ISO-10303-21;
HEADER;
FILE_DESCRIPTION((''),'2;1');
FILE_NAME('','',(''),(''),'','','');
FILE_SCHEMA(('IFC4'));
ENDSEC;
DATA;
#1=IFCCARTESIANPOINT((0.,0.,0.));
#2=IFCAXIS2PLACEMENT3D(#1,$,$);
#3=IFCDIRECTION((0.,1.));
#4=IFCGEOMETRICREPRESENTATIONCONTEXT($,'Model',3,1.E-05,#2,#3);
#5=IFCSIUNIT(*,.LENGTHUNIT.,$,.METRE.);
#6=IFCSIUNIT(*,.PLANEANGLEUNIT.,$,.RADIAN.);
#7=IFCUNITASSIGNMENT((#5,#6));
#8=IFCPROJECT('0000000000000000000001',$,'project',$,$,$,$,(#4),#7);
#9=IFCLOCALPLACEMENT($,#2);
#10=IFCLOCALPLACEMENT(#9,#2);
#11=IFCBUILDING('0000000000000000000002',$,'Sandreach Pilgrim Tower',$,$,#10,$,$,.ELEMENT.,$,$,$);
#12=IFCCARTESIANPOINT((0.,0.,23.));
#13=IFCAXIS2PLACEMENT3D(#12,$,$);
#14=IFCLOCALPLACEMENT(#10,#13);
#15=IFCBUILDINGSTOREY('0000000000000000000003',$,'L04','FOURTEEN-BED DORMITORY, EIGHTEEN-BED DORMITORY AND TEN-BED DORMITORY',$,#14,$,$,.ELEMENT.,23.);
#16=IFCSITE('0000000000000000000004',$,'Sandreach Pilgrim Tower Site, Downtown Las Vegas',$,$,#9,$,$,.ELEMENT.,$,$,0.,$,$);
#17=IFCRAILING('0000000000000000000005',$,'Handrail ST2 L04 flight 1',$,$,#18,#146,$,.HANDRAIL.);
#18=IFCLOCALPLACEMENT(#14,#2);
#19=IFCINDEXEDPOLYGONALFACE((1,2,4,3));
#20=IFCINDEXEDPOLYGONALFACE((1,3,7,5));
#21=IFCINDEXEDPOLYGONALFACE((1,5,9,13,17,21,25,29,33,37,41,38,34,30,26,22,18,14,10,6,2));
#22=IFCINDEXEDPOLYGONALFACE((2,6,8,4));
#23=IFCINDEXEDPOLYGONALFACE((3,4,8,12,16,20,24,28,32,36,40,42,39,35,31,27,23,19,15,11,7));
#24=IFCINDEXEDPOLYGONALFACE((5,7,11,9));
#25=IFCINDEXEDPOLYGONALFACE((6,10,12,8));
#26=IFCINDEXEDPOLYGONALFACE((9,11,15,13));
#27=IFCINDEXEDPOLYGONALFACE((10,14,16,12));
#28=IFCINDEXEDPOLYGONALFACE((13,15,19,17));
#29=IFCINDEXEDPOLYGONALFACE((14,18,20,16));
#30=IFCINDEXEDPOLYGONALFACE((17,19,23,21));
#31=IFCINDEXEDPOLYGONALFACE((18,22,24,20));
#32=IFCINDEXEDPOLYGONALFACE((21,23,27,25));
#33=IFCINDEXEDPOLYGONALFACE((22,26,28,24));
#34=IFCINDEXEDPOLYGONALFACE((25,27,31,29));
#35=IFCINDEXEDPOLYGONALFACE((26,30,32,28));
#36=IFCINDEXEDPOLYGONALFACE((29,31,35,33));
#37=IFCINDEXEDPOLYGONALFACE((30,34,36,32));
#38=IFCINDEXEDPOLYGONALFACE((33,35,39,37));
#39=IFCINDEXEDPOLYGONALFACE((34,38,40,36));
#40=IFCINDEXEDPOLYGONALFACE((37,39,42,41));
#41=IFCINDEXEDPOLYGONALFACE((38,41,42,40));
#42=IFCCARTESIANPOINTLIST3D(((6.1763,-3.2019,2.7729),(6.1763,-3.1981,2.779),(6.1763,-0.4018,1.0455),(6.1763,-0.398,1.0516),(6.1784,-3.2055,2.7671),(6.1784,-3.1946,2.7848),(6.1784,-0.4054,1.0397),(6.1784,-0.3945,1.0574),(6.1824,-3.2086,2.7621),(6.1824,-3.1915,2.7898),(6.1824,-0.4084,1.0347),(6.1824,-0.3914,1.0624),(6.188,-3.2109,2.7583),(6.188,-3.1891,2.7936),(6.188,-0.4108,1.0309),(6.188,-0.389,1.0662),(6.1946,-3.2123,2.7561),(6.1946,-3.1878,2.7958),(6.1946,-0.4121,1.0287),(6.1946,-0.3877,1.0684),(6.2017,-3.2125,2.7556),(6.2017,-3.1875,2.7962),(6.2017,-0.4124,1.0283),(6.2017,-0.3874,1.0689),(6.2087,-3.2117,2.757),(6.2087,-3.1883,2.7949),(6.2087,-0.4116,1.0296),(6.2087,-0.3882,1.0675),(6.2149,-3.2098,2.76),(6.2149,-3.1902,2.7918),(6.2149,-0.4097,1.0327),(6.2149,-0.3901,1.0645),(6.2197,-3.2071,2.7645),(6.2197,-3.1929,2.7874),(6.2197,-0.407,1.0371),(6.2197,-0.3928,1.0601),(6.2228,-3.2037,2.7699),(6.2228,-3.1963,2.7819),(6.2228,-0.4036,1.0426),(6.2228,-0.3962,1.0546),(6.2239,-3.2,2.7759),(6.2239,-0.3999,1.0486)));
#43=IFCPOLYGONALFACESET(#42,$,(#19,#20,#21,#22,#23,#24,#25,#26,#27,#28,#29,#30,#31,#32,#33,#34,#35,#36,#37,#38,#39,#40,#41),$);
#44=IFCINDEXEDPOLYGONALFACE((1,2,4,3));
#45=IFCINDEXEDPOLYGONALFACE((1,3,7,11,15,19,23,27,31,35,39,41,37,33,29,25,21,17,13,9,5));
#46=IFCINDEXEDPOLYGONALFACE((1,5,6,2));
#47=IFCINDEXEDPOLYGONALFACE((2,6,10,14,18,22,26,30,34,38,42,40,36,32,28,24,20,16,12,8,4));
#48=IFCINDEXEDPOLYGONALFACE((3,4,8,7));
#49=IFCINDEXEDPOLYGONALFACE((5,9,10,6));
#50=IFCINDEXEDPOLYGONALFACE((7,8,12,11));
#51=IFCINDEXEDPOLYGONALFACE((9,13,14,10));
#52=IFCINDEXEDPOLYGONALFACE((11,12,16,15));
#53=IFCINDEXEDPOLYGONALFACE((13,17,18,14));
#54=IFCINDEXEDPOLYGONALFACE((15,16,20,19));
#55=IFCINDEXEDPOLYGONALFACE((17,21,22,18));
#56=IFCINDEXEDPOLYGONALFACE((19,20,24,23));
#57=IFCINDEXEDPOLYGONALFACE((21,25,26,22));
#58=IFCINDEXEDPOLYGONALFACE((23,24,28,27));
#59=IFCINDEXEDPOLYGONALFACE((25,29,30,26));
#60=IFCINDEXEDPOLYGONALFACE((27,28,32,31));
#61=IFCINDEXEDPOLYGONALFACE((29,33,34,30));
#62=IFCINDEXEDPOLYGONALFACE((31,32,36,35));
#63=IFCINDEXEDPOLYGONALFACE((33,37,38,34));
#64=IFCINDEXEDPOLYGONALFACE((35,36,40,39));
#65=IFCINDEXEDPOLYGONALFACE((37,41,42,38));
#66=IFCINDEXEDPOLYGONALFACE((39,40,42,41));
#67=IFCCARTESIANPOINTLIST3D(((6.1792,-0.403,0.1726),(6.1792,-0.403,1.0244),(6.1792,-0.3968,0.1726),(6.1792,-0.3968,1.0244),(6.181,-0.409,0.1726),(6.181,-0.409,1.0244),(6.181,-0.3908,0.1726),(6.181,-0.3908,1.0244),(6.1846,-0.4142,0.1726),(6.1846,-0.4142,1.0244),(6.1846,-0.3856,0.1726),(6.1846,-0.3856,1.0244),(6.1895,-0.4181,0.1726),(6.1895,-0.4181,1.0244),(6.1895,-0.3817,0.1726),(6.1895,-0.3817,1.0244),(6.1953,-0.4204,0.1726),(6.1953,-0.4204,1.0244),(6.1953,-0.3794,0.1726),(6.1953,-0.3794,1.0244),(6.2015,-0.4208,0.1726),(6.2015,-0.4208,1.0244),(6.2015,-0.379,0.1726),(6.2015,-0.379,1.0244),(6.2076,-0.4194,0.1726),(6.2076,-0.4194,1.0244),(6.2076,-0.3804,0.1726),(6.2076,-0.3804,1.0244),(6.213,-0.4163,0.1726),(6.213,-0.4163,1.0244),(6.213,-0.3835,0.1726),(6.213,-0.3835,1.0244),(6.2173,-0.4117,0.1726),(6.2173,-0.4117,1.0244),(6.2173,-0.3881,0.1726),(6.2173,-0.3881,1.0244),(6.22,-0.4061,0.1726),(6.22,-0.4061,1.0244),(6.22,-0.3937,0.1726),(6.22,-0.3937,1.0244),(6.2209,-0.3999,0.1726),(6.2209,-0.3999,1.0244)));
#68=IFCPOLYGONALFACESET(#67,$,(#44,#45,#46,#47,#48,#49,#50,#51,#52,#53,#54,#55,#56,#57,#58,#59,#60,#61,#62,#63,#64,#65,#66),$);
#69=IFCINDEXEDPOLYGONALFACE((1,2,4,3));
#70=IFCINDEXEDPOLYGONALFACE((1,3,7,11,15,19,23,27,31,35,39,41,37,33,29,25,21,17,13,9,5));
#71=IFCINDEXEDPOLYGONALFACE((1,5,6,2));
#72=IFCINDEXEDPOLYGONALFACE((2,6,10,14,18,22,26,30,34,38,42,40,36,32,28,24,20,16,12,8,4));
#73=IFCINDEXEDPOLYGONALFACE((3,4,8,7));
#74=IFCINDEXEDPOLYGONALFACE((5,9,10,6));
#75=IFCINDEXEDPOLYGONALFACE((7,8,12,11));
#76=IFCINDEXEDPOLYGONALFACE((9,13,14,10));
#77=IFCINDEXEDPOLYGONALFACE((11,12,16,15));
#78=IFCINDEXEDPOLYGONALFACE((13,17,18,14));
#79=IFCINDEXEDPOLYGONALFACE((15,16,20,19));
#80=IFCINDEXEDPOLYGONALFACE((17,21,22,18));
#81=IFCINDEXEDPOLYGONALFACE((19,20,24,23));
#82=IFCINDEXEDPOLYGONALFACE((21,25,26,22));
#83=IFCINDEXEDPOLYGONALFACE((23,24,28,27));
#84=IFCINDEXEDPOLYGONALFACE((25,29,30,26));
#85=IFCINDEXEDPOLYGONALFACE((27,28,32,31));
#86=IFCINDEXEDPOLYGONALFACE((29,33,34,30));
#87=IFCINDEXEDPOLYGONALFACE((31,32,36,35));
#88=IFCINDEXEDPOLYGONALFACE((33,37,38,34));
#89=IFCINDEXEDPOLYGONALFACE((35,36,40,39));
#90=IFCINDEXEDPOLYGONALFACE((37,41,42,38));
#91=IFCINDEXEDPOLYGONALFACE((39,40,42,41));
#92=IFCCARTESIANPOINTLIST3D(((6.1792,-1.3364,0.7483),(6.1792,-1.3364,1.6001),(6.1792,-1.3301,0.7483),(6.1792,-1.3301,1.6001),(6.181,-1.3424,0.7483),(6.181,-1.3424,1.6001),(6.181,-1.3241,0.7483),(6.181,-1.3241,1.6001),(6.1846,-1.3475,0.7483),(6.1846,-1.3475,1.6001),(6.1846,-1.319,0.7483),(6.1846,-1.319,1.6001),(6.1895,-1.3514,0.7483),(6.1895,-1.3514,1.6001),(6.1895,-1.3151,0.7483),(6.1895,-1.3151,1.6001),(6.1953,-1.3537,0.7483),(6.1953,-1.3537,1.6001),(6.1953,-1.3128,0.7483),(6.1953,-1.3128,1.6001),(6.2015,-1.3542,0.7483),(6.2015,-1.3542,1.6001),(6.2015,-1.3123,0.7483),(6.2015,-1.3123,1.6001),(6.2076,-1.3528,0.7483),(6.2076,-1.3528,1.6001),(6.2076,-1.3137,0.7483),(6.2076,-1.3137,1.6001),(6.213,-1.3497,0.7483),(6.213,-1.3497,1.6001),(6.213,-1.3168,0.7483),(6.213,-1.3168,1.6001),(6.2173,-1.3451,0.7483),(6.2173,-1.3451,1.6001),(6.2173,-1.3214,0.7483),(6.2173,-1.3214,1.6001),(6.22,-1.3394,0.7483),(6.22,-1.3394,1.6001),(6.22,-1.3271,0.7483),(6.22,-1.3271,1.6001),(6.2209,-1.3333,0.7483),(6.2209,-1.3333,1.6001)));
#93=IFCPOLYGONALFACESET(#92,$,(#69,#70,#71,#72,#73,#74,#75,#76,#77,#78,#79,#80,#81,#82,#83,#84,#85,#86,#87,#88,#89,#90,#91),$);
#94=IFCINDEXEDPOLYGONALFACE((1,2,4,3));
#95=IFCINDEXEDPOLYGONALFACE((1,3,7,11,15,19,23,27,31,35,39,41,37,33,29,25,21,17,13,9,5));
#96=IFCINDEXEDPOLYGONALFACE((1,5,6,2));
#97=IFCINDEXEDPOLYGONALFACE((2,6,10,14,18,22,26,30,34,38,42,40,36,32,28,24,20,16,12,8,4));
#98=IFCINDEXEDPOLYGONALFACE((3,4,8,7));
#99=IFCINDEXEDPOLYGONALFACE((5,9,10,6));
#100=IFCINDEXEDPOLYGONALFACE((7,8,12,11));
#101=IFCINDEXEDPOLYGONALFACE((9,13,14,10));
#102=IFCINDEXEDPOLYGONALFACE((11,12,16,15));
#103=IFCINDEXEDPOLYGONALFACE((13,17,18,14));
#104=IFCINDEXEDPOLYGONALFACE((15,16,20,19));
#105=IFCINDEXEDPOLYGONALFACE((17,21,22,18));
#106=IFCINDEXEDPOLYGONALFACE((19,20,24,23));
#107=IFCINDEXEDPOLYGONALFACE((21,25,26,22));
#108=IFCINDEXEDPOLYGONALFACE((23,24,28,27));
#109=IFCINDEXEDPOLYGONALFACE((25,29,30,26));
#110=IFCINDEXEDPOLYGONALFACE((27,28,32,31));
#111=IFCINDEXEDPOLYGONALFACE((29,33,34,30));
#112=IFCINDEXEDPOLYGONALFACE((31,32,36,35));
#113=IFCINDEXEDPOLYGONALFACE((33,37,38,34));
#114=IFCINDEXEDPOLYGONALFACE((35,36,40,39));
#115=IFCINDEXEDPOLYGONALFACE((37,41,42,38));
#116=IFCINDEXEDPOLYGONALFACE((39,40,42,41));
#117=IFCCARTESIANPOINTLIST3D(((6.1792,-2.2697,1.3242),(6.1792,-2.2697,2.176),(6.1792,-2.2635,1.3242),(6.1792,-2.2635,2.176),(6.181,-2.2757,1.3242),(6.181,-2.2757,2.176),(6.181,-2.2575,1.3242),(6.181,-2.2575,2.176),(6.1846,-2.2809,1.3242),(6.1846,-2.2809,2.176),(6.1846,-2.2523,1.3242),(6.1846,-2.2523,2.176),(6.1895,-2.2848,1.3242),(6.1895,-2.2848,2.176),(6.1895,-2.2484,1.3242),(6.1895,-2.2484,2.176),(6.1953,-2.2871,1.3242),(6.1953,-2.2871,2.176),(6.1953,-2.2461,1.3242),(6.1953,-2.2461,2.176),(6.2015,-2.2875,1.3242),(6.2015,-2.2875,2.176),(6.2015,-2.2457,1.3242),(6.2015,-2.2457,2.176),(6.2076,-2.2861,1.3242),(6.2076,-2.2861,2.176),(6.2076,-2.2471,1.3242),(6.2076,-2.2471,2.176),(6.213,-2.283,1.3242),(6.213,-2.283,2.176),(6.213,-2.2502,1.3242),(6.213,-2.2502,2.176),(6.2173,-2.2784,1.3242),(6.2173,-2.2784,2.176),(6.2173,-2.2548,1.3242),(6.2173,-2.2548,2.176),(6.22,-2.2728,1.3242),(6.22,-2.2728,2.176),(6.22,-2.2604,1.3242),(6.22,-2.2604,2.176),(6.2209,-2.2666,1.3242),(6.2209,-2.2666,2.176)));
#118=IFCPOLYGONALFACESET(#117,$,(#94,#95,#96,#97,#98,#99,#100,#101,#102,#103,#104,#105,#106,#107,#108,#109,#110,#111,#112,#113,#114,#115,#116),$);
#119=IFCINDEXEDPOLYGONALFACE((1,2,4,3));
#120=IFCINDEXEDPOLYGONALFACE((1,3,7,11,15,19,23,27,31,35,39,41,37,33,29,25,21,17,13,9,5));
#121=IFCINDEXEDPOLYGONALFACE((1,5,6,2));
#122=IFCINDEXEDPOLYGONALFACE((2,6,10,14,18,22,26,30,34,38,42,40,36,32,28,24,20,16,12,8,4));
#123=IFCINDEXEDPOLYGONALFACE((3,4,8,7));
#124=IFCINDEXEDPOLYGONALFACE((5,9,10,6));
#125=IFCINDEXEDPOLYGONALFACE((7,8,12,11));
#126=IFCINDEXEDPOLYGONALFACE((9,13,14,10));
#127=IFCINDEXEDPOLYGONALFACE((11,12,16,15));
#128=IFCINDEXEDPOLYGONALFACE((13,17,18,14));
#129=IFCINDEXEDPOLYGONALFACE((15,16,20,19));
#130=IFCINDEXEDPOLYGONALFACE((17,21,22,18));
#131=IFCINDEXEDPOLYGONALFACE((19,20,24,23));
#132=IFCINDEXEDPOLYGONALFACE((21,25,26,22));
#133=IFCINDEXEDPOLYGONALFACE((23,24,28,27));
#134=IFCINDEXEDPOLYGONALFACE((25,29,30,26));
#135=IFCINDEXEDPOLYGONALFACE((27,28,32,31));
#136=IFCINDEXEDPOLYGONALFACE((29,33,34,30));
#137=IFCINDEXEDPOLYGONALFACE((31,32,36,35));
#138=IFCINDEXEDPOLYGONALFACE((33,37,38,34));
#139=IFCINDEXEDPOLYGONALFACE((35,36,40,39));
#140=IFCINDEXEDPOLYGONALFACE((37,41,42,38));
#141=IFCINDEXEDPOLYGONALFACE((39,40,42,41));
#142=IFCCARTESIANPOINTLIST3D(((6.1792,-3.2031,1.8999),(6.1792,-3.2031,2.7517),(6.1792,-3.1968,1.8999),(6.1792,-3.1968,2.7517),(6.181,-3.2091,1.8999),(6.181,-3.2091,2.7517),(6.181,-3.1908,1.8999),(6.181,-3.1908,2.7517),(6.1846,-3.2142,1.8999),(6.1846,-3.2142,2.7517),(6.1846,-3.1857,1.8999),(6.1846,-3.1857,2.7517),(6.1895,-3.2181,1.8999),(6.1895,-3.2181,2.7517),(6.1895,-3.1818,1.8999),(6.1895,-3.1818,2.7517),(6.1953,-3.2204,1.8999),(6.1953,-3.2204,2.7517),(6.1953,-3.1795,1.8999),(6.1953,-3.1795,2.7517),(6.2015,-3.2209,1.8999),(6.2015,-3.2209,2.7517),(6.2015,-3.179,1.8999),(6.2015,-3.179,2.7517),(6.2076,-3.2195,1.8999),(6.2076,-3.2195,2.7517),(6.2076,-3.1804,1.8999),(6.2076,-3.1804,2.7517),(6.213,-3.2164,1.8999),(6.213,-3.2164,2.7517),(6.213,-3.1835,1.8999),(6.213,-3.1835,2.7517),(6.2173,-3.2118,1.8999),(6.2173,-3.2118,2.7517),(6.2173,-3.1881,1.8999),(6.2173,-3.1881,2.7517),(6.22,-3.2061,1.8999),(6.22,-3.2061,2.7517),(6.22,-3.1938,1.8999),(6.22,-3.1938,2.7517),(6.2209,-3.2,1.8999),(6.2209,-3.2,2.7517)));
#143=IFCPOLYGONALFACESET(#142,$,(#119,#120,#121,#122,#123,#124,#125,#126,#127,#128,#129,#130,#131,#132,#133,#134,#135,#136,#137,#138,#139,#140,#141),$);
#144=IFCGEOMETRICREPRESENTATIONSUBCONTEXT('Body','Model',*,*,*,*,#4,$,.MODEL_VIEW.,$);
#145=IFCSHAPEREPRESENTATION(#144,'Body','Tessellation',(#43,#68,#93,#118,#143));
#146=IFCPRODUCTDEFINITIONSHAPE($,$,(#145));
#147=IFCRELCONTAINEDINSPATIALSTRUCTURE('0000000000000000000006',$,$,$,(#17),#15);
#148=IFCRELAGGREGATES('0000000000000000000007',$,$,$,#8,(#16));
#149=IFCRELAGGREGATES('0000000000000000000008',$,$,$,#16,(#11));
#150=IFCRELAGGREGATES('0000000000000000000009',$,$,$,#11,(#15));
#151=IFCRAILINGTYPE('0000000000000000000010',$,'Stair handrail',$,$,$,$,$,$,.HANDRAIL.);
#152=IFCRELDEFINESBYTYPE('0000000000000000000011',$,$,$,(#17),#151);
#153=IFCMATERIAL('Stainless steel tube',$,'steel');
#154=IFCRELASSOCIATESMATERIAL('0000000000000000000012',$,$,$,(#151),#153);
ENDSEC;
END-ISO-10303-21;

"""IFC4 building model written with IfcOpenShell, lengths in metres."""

from ifc_helpers import new_model, si_unit, direction, frame, origin, origin_2d, place, context, subcontext, project, spatial, circle, extrude, material, type_object, element, save


model = new_model("IFC4")

# Units and contexts
model_context = context("Model", 3, precision=1e-05, world=origin(), true_north=direction((0.0, 1.0)))
body_context = subcontext(model_context, "Body", "Model", "MODEL_VIEW")
ifc_project = project(units=[si_unit("LENGTHUNIT", "METRE"), si_unit("PLANEANGLEUNIT", "RADIAN")], contexts=[model_context])

# Site, building, storey
site_placement = place(None, origin())
site = spatial("IfcSite", under=ifc_project, at=site_placement, Name="Sandreach Pilgrim Tower Site, Downtown Las Vegas", CompositionType="ELEMENT", RefElevation=0.0)
building_placement = place(site_placement, origin())
building = spatial("IfcBuilding", under=site, at=building_placement, Name="Sandreach Pilgrim Tower", CompositionType="ELEMENT")
storey_placement = place(building_placement, frame((0.0, 0.0, 23.0)))
storey = spatial("IfcBuildingStorey", under=building, at=storey_placement, Name="L04", Description="FOURTEEN-BED DORMITORY, EIGHTEEN-BED DORMITORY AND TEN-BED DORMITORY", CompositionType="ELEMENT", Elevation=23.0)

# Railing
ifc_material_1 = material(Name="Stainless steel tube", Category="steel")
railing_type = type_object("IfcRailingType", Name="Stair handrail", PredefinedType="HANDRAIL", material=ifc_material_1)
for number, where, name in (
    (1, (6.2, -0.3999, 0.1726), "Handrail ST2 L04 flight 1"),
):
    element("IfcRailing", number, at=place(storey_placement, frame(where)), inside=storey, type_object=railing_type, Name=name, PredefinedType="HANDRAIL", context=body_context, shape_type="SweptSolid", body=[
        extrude(circle(Radius=0.0239, at=origin_2d()), frame((0.0, 0.0, 0.876), z_axis=(0.0, -0.85109, 0.52502), x_axis=(1.0, 0.0, 0.0)), (0.0, 0.0, 1.0), 3.29),
        extrude(circle(Radius=0.021, at=origin_2d()), origin(), (0.0, 0.0, 1.0), 0.8518),
        extrude(circle(Radius=0.021, at=origin_2d()), frame((0.0, -0.9333, 0.5757)), (0.0, 0.0, 1.0), 0.8518),
        extrude(circle(Radius=0.021, at=origin_2d()), frame((0.0, -1.8667, 1.1516)), (0.0, 0.0, 1.0), 0.8518),
        extrude(circle(Radius=0.021, at=origin_2d()), frame((0.0, -2.8, 1.7273)), (0.0, 0.0, 1.0), 0.8518),
    ])

save(model, "model.ifc")
